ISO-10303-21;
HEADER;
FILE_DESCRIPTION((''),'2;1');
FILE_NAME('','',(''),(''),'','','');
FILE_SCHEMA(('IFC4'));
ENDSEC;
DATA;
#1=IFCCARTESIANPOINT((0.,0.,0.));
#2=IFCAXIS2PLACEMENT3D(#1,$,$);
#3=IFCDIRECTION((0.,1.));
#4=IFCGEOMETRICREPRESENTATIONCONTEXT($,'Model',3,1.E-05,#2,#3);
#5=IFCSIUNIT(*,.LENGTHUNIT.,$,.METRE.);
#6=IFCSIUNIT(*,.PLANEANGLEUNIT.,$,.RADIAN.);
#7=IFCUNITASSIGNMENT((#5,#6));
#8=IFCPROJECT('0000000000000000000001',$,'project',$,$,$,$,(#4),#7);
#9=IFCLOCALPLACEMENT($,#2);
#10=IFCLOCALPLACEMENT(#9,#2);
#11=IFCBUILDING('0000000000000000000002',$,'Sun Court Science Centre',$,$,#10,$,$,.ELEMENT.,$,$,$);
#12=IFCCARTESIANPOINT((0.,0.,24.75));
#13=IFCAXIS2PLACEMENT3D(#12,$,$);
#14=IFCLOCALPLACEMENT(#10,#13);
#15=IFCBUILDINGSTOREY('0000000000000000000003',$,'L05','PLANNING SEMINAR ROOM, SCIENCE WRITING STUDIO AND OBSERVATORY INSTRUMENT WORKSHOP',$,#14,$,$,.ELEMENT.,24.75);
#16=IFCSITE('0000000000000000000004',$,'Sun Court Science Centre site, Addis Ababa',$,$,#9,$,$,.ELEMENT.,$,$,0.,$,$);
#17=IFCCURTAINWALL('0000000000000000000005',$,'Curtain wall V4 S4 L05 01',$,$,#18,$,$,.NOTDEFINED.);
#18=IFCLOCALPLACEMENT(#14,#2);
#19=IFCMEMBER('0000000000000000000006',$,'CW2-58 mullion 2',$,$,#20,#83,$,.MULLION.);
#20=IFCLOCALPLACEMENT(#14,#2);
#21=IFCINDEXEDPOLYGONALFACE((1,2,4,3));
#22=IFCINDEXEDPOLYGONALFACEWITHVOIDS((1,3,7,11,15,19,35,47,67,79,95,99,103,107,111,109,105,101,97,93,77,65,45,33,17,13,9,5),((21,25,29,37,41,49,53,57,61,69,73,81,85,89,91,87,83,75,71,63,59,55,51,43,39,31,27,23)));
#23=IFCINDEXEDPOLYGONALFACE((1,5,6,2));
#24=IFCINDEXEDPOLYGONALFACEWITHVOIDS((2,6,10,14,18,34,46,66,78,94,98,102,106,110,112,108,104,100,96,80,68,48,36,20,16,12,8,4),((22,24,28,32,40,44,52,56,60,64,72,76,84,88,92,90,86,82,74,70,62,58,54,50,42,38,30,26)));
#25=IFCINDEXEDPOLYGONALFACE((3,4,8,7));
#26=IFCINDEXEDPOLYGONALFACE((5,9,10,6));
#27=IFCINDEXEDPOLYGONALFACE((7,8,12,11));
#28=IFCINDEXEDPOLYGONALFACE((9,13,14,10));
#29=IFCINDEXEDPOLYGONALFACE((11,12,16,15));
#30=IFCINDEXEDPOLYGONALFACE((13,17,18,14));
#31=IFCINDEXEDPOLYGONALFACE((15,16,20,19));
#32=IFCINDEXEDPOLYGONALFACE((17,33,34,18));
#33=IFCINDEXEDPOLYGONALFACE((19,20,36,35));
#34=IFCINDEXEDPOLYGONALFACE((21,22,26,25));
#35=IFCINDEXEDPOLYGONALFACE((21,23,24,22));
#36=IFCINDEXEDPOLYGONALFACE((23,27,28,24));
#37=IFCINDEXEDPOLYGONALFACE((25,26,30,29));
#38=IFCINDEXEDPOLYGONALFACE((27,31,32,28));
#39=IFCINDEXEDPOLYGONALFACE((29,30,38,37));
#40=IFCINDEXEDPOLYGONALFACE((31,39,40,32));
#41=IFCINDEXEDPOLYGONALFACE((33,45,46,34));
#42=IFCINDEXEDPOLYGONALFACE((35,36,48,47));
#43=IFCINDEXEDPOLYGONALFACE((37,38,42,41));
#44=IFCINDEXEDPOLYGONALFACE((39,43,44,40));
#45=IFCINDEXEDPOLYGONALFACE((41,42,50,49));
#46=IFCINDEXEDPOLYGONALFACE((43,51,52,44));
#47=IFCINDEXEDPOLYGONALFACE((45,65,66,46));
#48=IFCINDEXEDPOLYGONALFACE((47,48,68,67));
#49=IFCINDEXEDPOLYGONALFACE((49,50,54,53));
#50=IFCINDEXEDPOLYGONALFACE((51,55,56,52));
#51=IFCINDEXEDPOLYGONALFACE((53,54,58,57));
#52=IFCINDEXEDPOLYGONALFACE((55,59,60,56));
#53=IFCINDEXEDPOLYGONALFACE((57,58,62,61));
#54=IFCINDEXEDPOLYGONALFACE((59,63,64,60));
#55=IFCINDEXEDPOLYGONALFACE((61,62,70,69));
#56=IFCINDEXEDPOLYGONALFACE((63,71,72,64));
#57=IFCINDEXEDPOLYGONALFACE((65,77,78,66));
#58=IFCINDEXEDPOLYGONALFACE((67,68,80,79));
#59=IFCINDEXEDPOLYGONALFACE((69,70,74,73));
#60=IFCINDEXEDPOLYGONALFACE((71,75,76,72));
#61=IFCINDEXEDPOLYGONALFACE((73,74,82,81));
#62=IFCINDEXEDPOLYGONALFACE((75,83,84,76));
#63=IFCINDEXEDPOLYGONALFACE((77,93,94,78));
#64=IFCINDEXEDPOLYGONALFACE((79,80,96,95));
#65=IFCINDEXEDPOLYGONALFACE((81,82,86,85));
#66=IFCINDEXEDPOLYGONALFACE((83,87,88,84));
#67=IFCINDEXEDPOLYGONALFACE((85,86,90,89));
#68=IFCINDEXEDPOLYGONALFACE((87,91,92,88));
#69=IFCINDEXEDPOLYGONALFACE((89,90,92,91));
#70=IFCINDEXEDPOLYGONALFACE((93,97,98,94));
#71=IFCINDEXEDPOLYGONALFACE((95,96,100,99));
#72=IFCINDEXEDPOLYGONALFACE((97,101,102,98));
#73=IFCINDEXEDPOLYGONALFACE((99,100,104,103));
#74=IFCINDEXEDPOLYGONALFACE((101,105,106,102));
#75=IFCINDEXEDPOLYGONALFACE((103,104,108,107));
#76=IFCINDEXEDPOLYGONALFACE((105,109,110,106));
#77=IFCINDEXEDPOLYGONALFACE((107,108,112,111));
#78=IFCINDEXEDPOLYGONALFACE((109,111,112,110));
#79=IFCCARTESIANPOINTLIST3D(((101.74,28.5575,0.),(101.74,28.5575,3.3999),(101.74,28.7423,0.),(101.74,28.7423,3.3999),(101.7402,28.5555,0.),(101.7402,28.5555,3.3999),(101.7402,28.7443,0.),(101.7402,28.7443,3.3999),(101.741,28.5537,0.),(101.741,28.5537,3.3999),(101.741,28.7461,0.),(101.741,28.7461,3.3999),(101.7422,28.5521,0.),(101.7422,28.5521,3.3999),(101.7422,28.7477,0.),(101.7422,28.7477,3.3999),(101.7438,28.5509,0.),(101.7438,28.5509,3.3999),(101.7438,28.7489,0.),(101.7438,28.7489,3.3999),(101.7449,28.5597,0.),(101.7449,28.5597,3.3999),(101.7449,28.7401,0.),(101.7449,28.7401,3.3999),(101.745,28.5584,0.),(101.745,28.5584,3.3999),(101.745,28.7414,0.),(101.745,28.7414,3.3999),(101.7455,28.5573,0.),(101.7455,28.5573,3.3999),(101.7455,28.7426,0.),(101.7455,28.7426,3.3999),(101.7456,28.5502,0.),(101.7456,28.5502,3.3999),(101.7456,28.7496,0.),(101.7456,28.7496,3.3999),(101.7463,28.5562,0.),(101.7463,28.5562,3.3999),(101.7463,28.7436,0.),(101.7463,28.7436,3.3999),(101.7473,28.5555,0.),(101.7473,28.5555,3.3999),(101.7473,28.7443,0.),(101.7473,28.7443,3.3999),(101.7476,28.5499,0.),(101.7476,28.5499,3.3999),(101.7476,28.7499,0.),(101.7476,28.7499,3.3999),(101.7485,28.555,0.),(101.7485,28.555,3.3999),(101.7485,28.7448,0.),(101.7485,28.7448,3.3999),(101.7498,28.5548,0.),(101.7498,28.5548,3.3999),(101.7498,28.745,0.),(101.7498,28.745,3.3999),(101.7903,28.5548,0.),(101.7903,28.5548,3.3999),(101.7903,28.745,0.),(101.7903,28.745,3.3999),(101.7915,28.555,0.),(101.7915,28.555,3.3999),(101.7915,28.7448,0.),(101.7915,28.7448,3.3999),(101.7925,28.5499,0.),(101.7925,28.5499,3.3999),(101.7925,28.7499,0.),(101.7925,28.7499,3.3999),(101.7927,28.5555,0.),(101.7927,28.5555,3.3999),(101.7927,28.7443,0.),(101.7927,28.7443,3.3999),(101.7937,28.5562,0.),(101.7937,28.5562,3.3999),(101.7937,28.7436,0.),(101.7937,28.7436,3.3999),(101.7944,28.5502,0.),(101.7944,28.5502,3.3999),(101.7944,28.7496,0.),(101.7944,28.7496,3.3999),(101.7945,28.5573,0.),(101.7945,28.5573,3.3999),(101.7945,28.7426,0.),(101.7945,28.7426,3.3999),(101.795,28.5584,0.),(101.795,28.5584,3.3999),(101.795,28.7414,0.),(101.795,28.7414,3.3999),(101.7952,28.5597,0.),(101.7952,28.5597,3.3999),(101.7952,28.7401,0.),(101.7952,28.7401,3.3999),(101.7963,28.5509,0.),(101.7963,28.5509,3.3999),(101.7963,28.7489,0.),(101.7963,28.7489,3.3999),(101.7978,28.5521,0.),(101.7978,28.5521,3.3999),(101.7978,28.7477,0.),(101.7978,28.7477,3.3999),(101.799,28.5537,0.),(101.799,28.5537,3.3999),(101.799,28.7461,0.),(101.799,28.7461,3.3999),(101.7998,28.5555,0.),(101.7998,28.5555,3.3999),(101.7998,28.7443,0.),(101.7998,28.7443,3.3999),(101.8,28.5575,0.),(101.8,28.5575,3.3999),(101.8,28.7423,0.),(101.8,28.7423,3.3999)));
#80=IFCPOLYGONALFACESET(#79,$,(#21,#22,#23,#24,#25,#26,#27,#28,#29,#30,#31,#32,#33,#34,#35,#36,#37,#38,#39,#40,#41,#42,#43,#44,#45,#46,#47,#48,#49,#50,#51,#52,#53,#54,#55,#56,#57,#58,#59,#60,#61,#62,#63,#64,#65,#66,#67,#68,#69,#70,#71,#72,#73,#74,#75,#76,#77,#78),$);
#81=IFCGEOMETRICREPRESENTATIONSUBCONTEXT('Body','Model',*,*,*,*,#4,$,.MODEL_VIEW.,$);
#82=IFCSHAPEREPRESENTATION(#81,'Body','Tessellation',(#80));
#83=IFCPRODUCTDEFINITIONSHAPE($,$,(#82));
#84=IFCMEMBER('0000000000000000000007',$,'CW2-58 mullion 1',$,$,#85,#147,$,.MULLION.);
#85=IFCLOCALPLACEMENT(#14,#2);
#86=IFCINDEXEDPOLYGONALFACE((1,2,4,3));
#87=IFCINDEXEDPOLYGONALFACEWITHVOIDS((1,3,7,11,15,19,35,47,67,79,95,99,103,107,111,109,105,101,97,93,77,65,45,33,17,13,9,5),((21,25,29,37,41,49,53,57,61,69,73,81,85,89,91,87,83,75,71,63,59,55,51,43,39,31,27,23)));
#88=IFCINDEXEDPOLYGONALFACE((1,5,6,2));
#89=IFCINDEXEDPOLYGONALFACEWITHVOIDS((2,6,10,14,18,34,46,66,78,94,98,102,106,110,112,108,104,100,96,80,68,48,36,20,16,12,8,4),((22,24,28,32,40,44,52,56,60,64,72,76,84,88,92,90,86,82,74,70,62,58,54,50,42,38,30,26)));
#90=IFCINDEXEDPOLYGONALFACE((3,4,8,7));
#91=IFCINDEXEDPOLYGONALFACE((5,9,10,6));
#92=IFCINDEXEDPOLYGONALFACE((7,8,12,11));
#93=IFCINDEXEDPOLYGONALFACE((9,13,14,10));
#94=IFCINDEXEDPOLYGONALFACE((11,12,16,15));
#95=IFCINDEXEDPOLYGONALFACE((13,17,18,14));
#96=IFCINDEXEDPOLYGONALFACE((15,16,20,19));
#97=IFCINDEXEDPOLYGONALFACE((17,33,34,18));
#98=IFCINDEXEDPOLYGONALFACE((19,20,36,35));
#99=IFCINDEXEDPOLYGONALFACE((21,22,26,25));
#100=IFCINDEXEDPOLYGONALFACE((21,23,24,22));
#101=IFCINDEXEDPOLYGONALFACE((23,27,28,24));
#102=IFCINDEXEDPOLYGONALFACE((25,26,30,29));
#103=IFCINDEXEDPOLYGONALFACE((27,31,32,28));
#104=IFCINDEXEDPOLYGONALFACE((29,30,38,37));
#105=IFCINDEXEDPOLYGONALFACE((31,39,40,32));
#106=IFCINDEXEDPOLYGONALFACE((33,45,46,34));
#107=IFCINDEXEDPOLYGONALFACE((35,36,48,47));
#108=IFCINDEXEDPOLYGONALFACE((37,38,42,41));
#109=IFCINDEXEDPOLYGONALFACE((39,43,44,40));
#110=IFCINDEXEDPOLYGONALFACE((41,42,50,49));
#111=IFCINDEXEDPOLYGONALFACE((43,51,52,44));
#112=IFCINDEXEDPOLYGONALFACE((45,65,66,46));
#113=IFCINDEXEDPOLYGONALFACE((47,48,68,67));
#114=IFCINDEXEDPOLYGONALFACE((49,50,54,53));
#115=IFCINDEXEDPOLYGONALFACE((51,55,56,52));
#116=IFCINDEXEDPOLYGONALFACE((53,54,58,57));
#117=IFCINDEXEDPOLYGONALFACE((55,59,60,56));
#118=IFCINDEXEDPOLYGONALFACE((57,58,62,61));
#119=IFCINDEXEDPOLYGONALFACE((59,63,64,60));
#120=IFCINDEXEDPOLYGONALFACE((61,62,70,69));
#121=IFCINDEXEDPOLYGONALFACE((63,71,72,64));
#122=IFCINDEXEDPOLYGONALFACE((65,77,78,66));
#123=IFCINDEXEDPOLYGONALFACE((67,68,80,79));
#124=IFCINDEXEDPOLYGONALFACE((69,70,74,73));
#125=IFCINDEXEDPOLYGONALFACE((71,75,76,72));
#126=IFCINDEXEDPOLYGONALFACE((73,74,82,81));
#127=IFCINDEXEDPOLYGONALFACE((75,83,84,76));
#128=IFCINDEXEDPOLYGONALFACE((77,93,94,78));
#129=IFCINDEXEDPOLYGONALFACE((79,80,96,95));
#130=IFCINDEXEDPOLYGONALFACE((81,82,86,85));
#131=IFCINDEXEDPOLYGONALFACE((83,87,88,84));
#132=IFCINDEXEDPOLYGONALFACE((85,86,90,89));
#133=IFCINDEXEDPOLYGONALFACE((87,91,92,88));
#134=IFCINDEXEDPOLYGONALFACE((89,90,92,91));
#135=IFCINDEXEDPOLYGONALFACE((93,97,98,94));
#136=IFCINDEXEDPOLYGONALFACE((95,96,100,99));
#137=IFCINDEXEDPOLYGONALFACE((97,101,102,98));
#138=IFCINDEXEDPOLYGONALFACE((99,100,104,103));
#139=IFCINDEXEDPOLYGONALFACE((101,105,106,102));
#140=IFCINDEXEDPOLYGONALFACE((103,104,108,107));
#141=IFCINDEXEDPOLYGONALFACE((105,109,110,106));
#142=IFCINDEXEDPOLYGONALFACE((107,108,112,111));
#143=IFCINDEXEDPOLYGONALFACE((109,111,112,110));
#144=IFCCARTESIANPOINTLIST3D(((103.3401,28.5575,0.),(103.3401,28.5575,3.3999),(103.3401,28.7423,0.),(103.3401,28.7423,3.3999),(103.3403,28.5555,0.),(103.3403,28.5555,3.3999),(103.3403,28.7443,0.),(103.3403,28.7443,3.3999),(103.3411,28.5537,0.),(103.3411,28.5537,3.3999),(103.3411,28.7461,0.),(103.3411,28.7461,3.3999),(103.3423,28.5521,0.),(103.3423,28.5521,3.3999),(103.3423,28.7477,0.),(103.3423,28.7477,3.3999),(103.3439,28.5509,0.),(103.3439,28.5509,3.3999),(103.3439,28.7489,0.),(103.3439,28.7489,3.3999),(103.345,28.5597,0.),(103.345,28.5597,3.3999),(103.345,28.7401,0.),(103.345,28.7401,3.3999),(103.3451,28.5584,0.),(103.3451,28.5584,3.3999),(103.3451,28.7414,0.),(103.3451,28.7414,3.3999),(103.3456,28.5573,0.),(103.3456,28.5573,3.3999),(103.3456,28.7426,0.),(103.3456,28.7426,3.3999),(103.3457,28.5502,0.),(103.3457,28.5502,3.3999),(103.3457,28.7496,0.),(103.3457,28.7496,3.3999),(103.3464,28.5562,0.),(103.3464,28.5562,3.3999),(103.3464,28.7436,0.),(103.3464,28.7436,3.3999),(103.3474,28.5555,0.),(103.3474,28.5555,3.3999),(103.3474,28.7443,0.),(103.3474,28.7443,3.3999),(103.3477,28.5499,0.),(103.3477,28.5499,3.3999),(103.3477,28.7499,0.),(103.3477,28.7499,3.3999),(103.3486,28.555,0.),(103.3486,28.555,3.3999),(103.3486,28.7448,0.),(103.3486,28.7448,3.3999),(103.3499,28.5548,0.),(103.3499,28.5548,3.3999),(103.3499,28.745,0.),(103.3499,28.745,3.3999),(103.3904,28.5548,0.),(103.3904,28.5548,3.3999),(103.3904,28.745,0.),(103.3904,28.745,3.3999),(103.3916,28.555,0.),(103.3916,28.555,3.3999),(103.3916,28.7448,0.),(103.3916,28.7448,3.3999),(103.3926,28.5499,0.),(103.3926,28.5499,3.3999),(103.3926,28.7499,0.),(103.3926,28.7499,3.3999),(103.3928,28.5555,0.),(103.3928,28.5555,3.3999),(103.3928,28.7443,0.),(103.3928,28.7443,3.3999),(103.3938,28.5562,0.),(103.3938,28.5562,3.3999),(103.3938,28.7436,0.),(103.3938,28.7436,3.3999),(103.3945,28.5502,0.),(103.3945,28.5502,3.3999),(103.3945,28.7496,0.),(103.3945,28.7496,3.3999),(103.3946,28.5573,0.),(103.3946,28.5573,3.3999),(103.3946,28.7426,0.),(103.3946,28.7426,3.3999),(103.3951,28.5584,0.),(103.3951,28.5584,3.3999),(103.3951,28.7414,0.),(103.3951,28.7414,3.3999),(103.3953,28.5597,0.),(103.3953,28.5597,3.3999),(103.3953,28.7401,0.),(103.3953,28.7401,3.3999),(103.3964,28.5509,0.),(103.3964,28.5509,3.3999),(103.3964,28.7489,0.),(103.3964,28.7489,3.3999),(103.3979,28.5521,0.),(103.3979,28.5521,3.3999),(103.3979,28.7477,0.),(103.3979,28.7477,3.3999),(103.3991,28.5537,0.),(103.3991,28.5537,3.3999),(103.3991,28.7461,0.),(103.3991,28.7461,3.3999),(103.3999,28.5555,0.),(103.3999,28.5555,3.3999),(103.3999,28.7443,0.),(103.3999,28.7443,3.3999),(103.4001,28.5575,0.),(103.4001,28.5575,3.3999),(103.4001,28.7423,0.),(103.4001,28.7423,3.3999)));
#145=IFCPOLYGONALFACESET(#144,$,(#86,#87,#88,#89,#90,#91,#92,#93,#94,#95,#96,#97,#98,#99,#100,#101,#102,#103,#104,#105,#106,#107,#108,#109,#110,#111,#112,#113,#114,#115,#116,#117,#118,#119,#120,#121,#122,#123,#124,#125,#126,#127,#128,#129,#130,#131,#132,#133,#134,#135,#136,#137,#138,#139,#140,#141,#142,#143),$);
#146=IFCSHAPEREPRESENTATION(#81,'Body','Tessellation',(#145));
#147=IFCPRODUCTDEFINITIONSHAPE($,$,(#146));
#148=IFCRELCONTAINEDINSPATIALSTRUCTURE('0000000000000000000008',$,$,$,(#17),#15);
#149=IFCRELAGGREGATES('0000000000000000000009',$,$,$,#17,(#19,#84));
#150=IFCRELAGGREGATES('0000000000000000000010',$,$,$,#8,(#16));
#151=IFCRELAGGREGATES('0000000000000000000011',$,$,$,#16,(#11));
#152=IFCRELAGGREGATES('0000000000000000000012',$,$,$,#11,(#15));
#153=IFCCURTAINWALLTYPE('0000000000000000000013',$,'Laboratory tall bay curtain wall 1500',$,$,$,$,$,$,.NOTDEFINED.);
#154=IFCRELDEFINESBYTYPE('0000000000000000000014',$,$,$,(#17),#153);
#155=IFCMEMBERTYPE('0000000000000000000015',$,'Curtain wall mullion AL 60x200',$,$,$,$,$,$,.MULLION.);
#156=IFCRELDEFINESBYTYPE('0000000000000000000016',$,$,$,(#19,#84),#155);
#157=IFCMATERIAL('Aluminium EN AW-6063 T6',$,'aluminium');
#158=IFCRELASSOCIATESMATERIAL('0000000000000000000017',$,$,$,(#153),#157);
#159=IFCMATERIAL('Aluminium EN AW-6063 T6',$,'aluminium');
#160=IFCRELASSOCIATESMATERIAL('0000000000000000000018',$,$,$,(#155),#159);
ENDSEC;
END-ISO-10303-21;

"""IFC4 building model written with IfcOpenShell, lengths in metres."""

from ifc_helpers import new_model, si_unit, direction, frame, origin, origin_2d, place, context, subcontext, project, spatial, hollow_rectangle, extrude, material, material_profile, profile_set, type_object, element, aggregate, save


model = new_model("IFC4")

# Units and contexts
model_context = context("Model", 3, precision=1e-05, world=origin(), true_north=direction((0.0, 1.0)))
body_context = subcontext(model_context, "Body", "Model", "MODEL_VIEW")
ifc_project = project(units=[si_unit("LENGTHUNIT", "METRE"), si_unit("PLANEANGLEUNIT", "RADIAN")], contexts=[model_context])

# Site, building, storey
site_placement = place(None, origin())
site = spatial("IfcSite", under=ifc_project, at=site_placement, Name="Sun Court Science Centre site, Addis Ababa", CompositionType="ELEMENT", RefElevation=0.0)
building_placement = place(site_placement, origin())
building = spatial("IfcBuilding", under=site, at=building_placement, Name="Sun Court Science Centre", CompositionType="ELEMENT")
storey_placement = place(building_placement, frame((0.0, 0.0, 24.75)))
storey = spatial("IfcBuildingStorey", under=building, at=storey_placement, Name="L05", Description="PLANNING SEMINAR ROOM, SCIENCE WRITING STUDIO AND OBSERVATORY INSTRUMENT WORKSHOP", CompositionType="ELEMENT", Elevation=24.75)

# Curtain wall, members
ifc_material_1 = material(Name="Aluminium EN AW-6063 T6", Category="aluminium")
curtain_wall_type = type_object("IfcCurtainWallType", Name="Laboratory tall bay curtain wall 1500", PredefinedType="NOTDEFINED", material=ifc_material_1)
curtain_wall_1_placement = place(storey_placement, origin())
curtain_wall_1 = element("IfcCurtainWall", 1, at=curtain_wall_1_placement, inside=storey, type_object=curtain_wall_type, Name="Curtain wall V4 S4 L05 01", PredefinedType="NOTDEFINED")
ifc_material_2 = material(Name="Aluminium EN AW-6063 T6", Category="aluminium")
ifc_material_profile_1 = material_profile(ifc_material_2, hollow_rectangle(XDim=0.0601, YDim=0.2, WallThickness=0.0049, InnerFilletRadius=0.0049, OuterFilletRadius=0.0076, at=origin_2d()), Name="AL 60x200x5")
ifc_profile_set_1 = profile_set([ifc_material_profile_1], Name="Aluminium EN AW-6063 T6")
member_type_1 = type_object("IfcMemberType", Name="Curtain wall mullion AL 60x200", PredefinedType="MULLION", material=ifc_profile_set_1)
member_1_placement = place(storey_placement, frame((101.77, 28.6499, 0.0), z_axis=(0.0, 0.0, 1.0), x_axis=(-1.0, 0.0, 0.0)))
member_1 = element("IfcMember", 2, at=member_1_placement, type_object=member_type_1, Name="CW2-58 mullion 2", PredefinedType="MULLION", context=body_context, shape_type="SweptSolid", body=[
    extrude(hollow_rectangle(XDim=0.0601, YDim=0.2, WallThickness=0.0049, InnerFilletRadius=0.0049, OuterFilletRadius=0.0076, at=origin_2d()), origin(), (0.0, 0.0, 1.0), 3.3999),
])
member_2_placement = place(storey_placement, frame((103.3701, 28.6499, 0.0), z_axis=(0.0, 0.0, 1.0), x_axis=(-1.0, 0.0, 0.0)))
member_2 = element("IfcMember", 3, at=member_2_placement, type_object=member_type_1, Name="CW2-58 mullion 1", PredefinedType="MULLION", context=body_context, shape_type="SweptSolid", body=[
    extrude(hollow_rectangle(XDim=0.0601, YDim=0.2, WallThickness=0.0049, InnerFilletRadius=0.0049, OuterFilletRadius=0.0076, at=origin_2d()), origin(), (0.0, 0.0, 1.0), 3.3999),
])

aggregate(curtain_wall_1, [member_1, member_2])

save(model, "model.ifc")
